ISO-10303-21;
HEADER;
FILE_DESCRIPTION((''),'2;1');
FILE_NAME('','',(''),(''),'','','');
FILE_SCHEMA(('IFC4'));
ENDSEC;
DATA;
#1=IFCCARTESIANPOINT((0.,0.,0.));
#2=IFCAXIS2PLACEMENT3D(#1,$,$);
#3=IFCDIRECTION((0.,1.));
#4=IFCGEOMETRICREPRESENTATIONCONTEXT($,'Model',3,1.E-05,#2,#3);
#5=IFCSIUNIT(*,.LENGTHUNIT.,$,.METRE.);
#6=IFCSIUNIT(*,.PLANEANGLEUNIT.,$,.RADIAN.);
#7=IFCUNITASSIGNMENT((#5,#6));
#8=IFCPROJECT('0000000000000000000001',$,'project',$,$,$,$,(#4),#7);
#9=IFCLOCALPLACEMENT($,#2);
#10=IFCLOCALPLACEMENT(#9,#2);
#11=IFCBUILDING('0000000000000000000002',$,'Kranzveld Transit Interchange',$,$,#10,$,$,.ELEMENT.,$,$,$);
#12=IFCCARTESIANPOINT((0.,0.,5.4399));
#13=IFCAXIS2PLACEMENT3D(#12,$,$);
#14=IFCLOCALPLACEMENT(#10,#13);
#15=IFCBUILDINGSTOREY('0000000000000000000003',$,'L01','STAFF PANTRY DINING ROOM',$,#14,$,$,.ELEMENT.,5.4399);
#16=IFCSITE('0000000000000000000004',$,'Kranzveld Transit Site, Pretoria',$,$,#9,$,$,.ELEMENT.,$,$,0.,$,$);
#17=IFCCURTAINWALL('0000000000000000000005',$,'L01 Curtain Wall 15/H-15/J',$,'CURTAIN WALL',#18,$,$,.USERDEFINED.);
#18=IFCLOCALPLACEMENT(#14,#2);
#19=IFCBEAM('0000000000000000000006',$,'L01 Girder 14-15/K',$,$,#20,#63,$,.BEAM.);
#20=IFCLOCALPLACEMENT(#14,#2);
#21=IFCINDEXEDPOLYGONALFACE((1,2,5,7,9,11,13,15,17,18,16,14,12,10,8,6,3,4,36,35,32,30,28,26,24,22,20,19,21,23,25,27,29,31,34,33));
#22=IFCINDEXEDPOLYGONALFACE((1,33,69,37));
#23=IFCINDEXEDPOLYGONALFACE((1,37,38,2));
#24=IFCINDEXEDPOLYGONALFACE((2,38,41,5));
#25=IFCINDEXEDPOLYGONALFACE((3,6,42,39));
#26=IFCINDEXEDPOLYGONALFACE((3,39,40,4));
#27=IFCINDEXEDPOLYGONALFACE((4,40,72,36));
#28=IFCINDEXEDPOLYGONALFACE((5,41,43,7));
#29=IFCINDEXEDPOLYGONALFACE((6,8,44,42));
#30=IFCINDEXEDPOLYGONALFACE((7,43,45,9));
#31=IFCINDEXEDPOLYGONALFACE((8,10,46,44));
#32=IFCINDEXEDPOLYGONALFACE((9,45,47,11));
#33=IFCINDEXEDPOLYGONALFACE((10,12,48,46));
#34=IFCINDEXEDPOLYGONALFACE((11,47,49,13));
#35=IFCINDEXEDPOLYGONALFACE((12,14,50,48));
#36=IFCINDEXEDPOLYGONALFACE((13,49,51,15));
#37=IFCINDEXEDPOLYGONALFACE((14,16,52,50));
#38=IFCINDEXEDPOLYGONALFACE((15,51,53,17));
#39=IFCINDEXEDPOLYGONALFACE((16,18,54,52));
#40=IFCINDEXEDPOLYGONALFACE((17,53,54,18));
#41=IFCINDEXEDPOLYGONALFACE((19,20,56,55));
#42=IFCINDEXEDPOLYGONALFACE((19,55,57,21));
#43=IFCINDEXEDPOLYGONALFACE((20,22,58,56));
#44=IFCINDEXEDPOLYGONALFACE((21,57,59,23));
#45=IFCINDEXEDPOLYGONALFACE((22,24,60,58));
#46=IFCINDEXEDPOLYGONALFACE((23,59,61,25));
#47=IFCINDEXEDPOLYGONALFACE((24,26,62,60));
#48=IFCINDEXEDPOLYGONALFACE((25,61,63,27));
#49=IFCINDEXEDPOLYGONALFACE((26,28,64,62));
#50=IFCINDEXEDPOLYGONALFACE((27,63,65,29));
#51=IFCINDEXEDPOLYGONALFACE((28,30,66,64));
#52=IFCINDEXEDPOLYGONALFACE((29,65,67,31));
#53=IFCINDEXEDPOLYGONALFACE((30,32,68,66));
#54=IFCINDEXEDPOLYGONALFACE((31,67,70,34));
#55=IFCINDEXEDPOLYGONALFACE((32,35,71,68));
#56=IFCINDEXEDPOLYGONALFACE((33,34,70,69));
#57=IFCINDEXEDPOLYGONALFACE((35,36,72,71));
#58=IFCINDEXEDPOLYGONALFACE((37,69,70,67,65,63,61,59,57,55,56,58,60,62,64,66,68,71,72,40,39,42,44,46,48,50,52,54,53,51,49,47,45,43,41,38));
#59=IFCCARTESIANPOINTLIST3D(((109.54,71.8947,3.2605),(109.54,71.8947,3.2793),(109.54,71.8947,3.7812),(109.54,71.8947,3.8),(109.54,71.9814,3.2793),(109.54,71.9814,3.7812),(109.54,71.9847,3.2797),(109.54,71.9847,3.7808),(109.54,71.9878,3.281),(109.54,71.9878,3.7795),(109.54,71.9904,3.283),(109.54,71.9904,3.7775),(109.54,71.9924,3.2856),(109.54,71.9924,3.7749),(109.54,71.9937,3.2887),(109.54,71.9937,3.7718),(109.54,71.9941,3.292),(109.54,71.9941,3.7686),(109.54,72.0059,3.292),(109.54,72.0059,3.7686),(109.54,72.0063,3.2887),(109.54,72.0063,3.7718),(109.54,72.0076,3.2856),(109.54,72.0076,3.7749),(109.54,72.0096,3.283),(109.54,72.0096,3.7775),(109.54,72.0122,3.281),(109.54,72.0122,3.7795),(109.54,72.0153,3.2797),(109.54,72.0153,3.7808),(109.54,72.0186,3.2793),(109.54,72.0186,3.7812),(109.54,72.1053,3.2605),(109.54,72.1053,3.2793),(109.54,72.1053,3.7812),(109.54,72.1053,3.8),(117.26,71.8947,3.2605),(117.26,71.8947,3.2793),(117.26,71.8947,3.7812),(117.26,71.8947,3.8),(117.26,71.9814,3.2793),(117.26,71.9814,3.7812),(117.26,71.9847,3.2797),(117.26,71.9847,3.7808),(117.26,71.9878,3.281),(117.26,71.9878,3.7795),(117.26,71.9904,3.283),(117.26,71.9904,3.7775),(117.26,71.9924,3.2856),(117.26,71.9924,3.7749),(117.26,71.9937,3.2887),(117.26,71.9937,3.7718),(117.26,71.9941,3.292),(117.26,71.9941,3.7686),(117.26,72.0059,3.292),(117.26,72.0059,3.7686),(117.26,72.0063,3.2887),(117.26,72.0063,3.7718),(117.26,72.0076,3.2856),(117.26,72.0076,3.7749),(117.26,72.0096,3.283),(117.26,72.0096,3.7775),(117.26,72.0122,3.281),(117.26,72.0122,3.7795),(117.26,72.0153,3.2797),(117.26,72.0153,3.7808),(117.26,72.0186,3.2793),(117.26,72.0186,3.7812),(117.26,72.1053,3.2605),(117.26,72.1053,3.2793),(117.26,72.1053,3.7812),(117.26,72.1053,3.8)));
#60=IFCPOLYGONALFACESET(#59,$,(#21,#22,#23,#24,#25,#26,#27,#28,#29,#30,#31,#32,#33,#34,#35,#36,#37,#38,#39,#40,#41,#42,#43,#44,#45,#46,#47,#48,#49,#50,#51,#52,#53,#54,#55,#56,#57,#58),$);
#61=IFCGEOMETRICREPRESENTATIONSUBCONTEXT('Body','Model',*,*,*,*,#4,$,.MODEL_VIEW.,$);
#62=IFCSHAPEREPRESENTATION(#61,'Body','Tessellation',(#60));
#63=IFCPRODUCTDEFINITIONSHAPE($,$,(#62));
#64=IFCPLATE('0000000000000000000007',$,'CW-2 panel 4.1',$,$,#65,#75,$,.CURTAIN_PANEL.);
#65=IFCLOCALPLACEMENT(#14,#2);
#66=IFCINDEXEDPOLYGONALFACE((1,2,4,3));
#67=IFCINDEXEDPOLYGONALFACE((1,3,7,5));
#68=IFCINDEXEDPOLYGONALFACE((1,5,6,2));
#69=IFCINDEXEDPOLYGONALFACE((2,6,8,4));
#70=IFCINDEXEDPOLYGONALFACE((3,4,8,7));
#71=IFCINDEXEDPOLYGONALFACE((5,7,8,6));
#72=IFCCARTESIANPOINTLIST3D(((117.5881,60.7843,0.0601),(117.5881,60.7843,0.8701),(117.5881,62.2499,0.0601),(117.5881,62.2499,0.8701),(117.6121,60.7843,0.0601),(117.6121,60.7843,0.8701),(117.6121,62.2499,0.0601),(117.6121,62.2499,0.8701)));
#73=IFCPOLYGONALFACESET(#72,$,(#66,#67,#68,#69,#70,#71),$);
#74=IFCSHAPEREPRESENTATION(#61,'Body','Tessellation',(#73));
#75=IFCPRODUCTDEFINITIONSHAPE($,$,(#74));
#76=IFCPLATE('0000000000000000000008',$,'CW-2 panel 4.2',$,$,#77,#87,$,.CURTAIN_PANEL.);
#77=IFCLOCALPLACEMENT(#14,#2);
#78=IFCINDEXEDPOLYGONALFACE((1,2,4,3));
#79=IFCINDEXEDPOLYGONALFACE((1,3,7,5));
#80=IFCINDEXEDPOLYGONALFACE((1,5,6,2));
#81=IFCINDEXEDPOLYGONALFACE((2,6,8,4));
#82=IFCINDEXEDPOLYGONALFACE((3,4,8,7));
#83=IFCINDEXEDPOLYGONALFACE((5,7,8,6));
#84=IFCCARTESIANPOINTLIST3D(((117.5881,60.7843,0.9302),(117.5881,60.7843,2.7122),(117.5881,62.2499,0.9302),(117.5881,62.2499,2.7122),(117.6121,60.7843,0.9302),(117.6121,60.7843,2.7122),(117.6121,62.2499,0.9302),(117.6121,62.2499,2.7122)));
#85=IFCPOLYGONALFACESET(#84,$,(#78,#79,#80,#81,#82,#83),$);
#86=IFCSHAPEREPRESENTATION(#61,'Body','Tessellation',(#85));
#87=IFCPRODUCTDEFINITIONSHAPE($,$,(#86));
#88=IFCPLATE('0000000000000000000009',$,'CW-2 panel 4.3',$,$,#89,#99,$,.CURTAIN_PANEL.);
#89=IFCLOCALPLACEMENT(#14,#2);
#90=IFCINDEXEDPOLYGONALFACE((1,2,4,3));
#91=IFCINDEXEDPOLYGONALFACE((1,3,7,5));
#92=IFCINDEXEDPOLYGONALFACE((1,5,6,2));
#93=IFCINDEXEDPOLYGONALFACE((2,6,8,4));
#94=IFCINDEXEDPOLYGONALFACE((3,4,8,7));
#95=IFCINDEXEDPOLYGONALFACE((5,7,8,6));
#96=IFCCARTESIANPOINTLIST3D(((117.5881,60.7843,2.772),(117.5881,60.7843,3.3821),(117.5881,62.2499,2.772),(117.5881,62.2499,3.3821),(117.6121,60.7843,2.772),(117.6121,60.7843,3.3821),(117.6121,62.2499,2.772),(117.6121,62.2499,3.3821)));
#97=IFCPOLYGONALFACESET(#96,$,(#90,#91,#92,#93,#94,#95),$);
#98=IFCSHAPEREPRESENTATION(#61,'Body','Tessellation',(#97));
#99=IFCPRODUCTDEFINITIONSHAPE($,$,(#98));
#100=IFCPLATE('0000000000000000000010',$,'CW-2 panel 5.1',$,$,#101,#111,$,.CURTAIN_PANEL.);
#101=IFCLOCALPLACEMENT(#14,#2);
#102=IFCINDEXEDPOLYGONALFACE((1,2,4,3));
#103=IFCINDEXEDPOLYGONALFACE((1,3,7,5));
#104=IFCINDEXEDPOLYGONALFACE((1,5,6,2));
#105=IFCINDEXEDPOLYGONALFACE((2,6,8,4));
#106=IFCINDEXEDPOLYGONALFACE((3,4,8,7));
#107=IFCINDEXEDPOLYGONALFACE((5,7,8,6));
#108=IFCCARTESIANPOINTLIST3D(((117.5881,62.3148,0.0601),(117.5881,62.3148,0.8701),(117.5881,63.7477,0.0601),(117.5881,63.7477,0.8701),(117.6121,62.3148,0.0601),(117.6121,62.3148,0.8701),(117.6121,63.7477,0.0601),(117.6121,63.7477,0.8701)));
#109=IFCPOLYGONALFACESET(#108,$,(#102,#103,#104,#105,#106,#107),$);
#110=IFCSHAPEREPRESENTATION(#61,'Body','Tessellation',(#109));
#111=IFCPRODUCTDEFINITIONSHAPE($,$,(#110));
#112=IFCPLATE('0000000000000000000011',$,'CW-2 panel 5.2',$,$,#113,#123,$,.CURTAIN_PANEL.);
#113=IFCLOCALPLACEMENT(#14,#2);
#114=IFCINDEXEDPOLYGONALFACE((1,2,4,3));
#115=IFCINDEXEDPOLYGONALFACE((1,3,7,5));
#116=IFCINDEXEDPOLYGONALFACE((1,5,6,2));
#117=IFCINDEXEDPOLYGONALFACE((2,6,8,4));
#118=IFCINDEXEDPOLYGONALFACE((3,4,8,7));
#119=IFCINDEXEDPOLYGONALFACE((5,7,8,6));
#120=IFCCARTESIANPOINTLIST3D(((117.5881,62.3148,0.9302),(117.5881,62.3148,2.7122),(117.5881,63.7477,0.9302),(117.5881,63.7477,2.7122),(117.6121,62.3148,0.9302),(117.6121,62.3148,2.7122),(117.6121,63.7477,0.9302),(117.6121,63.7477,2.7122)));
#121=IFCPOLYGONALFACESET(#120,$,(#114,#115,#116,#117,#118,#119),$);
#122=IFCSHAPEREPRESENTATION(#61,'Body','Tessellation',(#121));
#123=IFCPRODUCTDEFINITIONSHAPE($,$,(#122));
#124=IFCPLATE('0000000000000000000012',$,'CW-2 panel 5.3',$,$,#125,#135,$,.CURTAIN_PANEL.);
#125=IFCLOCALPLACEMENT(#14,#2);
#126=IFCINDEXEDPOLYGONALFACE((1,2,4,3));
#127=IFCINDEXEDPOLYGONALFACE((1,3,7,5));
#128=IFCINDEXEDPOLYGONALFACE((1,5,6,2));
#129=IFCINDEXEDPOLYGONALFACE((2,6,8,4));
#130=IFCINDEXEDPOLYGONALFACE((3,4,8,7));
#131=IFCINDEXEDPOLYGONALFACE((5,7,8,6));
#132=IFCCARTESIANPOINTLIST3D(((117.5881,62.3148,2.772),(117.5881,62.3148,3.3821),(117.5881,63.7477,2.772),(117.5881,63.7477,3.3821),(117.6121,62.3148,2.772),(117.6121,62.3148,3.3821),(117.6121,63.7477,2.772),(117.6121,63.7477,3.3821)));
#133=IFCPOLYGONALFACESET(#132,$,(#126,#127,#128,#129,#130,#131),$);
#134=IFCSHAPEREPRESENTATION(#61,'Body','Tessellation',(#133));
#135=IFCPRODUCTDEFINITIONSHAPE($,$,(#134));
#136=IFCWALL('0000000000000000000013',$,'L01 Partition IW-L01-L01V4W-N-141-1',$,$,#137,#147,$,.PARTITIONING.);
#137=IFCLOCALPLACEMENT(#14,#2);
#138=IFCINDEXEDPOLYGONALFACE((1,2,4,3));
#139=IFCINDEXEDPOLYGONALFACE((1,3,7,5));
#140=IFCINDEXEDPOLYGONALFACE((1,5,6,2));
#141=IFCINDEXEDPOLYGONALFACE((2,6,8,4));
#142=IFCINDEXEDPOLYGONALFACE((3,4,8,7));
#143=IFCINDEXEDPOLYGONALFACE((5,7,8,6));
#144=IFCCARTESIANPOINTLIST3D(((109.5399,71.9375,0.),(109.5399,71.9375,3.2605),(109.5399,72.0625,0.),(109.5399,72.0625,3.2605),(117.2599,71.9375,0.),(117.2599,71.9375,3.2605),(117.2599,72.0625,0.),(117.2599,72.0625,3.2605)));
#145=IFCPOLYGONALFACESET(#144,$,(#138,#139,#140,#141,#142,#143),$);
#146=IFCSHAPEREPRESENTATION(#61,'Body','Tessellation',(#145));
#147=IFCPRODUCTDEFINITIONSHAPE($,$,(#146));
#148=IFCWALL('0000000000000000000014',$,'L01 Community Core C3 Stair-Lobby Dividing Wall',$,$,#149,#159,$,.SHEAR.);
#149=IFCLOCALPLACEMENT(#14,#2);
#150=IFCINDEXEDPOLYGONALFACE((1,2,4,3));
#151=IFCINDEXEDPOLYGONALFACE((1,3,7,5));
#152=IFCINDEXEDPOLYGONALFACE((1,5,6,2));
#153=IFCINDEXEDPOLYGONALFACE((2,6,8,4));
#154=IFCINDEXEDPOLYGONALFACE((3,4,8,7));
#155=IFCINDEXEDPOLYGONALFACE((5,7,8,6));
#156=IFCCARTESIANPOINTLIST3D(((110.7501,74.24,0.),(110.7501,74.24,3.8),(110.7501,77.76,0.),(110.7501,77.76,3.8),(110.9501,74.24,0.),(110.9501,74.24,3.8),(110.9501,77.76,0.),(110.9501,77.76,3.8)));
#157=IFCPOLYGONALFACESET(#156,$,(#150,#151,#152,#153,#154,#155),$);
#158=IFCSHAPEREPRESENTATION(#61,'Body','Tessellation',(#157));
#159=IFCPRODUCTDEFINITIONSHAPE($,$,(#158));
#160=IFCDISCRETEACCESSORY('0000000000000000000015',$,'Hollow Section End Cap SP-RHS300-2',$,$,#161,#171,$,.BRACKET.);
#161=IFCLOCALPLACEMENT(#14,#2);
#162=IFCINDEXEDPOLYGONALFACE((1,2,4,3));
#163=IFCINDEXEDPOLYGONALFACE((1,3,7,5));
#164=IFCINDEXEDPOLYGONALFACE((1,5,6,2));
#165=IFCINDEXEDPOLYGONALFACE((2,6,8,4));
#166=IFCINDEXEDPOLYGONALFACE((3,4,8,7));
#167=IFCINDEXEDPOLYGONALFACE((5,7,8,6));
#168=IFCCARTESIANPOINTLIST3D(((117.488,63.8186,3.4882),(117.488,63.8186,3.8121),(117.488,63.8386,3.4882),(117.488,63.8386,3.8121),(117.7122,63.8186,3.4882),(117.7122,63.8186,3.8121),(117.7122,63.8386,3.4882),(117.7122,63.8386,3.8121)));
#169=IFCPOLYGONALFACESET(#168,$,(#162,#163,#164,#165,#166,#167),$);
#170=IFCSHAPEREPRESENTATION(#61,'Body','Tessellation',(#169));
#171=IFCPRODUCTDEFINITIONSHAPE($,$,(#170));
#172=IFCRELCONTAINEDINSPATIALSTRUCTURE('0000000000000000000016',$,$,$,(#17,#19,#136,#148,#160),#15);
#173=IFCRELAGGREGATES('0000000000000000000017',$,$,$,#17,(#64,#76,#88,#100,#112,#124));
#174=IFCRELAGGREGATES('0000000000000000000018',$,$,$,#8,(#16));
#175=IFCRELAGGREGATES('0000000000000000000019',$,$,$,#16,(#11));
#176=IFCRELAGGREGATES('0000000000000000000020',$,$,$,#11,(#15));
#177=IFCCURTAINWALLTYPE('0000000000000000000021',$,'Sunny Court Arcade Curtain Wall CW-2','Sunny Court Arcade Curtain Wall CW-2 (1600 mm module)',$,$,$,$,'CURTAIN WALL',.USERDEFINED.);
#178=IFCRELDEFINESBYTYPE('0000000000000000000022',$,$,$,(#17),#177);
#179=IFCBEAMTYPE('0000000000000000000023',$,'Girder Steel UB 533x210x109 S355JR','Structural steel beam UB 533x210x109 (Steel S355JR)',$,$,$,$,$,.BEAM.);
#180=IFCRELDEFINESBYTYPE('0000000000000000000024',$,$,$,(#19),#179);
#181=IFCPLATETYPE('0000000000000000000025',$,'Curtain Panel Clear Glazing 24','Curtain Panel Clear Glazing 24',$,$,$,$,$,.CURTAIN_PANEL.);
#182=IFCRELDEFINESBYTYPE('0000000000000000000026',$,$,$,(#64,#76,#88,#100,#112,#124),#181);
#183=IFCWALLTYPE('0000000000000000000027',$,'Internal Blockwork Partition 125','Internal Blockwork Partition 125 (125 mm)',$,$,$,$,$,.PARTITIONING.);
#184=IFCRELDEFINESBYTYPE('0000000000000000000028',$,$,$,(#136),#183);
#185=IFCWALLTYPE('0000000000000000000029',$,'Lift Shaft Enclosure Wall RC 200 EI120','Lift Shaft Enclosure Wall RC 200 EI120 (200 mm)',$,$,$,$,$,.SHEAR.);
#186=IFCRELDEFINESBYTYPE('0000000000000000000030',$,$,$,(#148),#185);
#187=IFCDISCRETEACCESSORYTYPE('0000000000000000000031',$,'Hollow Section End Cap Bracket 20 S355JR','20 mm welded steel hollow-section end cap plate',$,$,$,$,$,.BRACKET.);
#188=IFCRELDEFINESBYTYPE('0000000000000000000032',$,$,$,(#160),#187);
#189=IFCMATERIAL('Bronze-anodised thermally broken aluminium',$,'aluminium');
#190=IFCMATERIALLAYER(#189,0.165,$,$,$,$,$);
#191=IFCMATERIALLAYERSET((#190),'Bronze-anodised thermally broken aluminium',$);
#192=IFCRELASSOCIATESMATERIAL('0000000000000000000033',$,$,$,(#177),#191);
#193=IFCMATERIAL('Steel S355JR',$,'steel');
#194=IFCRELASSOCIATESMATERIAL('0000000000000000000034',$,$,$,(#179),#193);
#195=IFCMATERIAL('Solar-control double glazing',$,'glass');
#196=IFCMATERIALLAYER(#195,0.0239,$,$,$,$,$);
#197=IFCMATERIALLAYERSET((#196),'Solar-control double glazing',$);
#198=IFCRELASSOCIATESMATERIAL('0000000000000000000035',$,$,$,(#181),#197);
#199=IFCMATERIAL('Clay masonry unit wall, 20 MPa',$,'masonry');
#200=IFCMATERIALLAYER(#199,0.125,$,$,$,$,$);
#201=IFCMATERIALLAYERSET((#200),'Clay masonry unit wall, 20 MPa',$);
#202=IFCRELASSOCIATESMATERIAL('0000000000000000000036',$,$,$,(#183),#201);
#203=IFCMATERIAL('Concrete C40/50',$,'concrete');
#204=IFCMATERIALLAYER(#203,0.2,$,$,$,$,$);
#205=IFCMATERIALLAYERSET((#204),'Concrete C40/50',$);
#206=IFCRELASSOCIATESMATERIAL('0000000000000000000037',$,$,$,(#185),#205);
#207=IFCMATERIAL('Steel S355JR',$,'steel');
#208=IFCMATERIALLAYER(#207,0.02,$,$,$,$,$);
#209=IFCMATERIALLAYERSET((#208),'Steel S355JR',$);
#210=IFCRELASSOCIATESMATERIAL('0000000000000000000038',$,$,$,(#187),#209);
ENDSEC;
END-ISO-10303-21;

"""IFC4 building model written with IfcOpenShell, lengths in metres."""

from ifc_helpers import new_model, si_unit, direction, frame, frame_2d, origin, origin_2d, place, context, subcontext, project, spatial, rectangle, i_section, extrude, material, layer, layer_set, material_profile, profile_set, type_object, element, aggregate, save


model = new_model("IFC4")

# Units and contexts
model_context = context("Model", 3, precision=1e-05, world=origin(), true_north=direction((0.0, 1.0)))
body_context = subcontext(model_context, "Body", "Model", "MODEL_VIEW")
ifc_project = project(units=[si_unit("LENGTHUNIT", "METRE"), si_unit("PLANEANGLEUNIT", "RADIAN")], contexts=[model_context])

# Site, building, storey
site_placement = place(None, origin())
site = spatial("IfcSite", under=ifc_project, at=site_placement, Name="Kranzveld Transit Site, Pretoria", CompositionType="ELEMENT", RefElevation=0.0)
building_placement = place(site_placement, origin())
building = spatial("IfcBuilding", under=site, at=building_placement, Name="Kranzveld Transit Interchange", CompositionType="ELEMENT")
storey_placement = place(building_placement, frame((0.0, 0.0, 5.4399)))
storey = spatial("IfcBuildingStorey", under=building, at=storey_placement, Name="L01", Description="STAFF PANTRY DINING ROOM", CompositionType="ELEMENT", Elevation=5.4399)

# Curtain wall
ifc_material_1 = material(Name="Bronze-anodised thermally broken aluminium", Category="aluminium")
ifc_layer_1 = layer(ifc_material_1, 0.165)
ifc_layer_set_1 = layer_set([ifc_layer_1], Name="Bronze-anodised thermally broken aluminium")
curtain_wall_type = type_object("IfcCurtainWallType", Name="Sunny Court Arcade Curtain Wall CW-2", Description="Sunny Court Arcade Curtain Wall CW-2 (1600 mm module)", ElementType="CURTAIN WALL", PredefinedType="USERDEFINED", material=ifc_layer_set_1)
curtain_wall_placement = place(storey_placement, origin())
curtain_wall = element("IfcCurtainWall", 1, at=curtain_wall_placement, inside=storey, type_object=curtain_wall_type, Name="L01 Curtain Wall 15/H-15/J", ObjectType="CURTAIN WALL", PredefinedType="USERDEFINED")

# Beam
ifc_material_2 = material(Name="Steel S355JR", Category="steel")
ifc_material_profile_1 = material_profile(ifc_material_2, i_section(OverallWidth=0.2107, OverallDepth=0.5396, WebThickness=0.0117, FlangeThickness=0.0188, FilletRadius=0.0127, at=origin_2d()), Name="UB 533x210x109")
ifc_profile_set_1 = profile_set([ifc_material_profile_1], Name="Steel S355JR")
beam_type_1 = type_object("IfcBeamType", Name="Girder Steel UB 533x210x109 S355JR", Description="Structural steel beam UB 533x210x109 (Steel S355JR)", PredefinedType="BEAM", material=ifc_profile_set_1)
beam_1_placement = place(storey_placement, frame((109.54, 72.0, 3.5303), z_axis=(1.0, 0.0, 0.0), x_axis=(0.0, 1.0, 0.0)))
element("IfcBeam", 2, at=beam_1_placement, inside=storey, type_object=beam_type_1, Name="L01 Girder 14-15/K", PredefinedType="BEAM", context=body_context, shape_type="SweptSolid", body=[
    extrude(i_section(OverallWidth=0.2107, OverallDepth=0.5396, WebThickness=0.0117, FlangeThickness=0.0188, FilletRadius=0.0127, at=origin_2d()), origin(), (0.0, 0.0, 1.0), 7.72),
])

# Plates
ifc_material_3 = material(Name="Solar-control double glazing", Category="glass")
ifc_layer_2 = layer(ifc_material_3, 0.0239)
ifc_layer_set_2 = layer_set([ifc_layer_2], Name="Solar-control double glazing")
plate_type = type_object("IfcPlateType", Name="Curtain Panel Clear Glazing 24", Description="Curtain Panel Clear Glazing 24", PredefinedType="CURTAIN_PANEL", material=ifc_layer_set_2)
plate_1_placement = place(storey_placement, frame((117.6001, 61.5171, 0.0601), z_axis=(0.0, 0.0, 1.0), x_axis=(0.0, 1.0, 0.0)))
plate_1 = element("IfcPlate", 3, at=plate_1_placement, type_object=plate_type, Name="CW-2 panel 4.1", PredefinedType="CURTAIN_PANEL", context=body_context, shape_type="SweptSolid", body=[
    extrude(rectangle(XDim=1.4656, YDim=0.0239, at=origin_2d()), origin(), (0.0, 0.0, 1.0), 0.8101),
])
plate_2_placement = place(storey_placement, frame((117.6001, 61.5171, 0.9302), z_axis=(0.0, 0.0, 1.0), x_axis=(0.0, 1.0, 0.0)))
plate_2 = element("IfcPlate", 4, at=plate_2_placement, type_object=plate_type, Name="CW-2 panel 4.2", PredefinedType="CURTAIN_PANEL", context=body_context, shape_type="SweptSolid", body=[
    extrude(rectangle(XDim=1.4656, YDim=0.0239, at=origin_2d()), origin(), (0.0, 0.0, 1.0), 1.782),
])
plate_3_placement = place(storey_placement, frame((117.6001, 61.5171, 2.772), z_axis=(0.0, 0.0, 1.0), x_axis=(0.0, 1.0, 0.0)))
plate_3 = element("IfcPlate", 5, at=plate_3_placement, type_object=plate_type, Name="CW-2 panel 4.3", PredefinedType="CURTAIN_PANEL", context=body_context, shape_type="SweptSolid", body=[
    extrude(rectangle(XDim=1.4656, YDim=0.0239, at=origin_2d()), origin(), (0.0, 0.0, 1.0), 0.6101),
])
plate_4_placement = place(storey_placement, frame((117.6001, 63.0312, 0.0601), z_axis=(0.0, 0.0, 1.0), x_axis=(0.0, 1.0, 0.0)))
plate_4 = element("IfcPlate", 6, at=plate_4_placement, type_object=plate_type, Name="CW-2 panel 5.1", PredefinedType="CURTAIN_PANEL", context=body_context, shape_type="SweptSolid", body=[
    extrude(rectangle(XDim=1.4329, YDim=0.0239, at=origin_2d()), origin(), (0.0, 0.0, 1.0), 0.8101),
])
plate_5_placement = place(storey_placement, frame((117.6001, 63.0312, 0.9302), z_axis=(0.0, 0.0, 1.0), x_axis=(0.0, 1.0, 0.0)))
plate_5 = element("IfcPlate", 7, at=plate_5_placement, type_object=plate_type, Name="CW-2 panel 5.2", PredefinedType="CURTAIN_PANEL", context=body_context, shape_type="SweptSolid", body=[
    extrude(rectangle(XDim=1.4329, YDim=0.0239, at=origin_2d()), origin(), (0.0, 0.0, 1.0), 1.782),
])
plate_6_placement = place(storey_placement, frame((117.6001, 63.0312, 2.772), z_axis=(0.0, 0.0, 1.0), x_axis=(0.0, 1.0, 0.0)))
plate_6 = element("IfcPlate", 8, at=plate_6_placement, type_object=plate_type, Name="CW-2 panel 5.3", PredefinedType="CURTAIN_PANEL", context=body_context, shape_type="SweptSolid", body=[
    extrude(rectangle(XDim=1.4329, YDim=0.0239, at=origin_2d()), origin(), (0.0, 0.0, 1.0), 0.6101),
])
aggregate(curtain_wall, [plate_1, plate_2, plate_3, plate_4, plate_5, plate_6])

# Walls
ifc_material_4 = material(Name="Clay masonry unit wall, 20 MPa", Category="masonry")
ifc_layer_3 = layer(ifc_material_4, 0.125)
ifc_layer_set_3 = layer_set([ifc_layer_3], Name="Clay masonry unit wall, 20 MPa")
wall_type_1 = type_object("IfcWallType", Name="Internal Blockwork Partition 125", Description="Internal Blockwork Partition 125 (125 mm)", PredefinedType="PARTITIONING", material=ifc_layer_set_3)
wall_1_placement = place(storey_placement, frame((109.54, 72.0, 0.0), z_axis=(0.0, 0.0, 1.0), x_axis=(1.0, 0.0, 0.0)))
element("IfcWall", 9, at=wall_1_placement, inside=storey, type_object=wall_type_1, Name="L01 Partition IW-L01-L01V4W-N-141-1", PredefinedType="PARTITIONING", context=body_context, shape_type="SweptSolid", body=[
    extrude(rectangle(XDim=7.72, YDim=0.125, at=frame_2d((3.8599, 0.0))), origin(), (0.0, 0.0, 1.0), 3.2605),
])
ifc_material_5 = material(Name="Concrete C40/50", Category="concrete")
ifc_layer_4 = layer(ifc_material_5, 0.2)
ifc_layer_set_4 = layer_set([ifc_layer_4], Name="Concrete C40/50")
wall_type_2 = type_object("IfcWallType", Name="Lift Shaft Enclosure Wall RC 200 EI120", Description="Lift Shaft Enclosure Wall RC 200 EI120 (200 mm)", PredefinedType="SHEAR", material=ifc_layer_set_4)
wall_2_placement = place(storey_placement, frame((110.8501, 74.24, 0.0), z_axis=(0.0, 0.0, 1.0), x_axis=(0.0, 1.0, 0.0)))
element("IfcWall", 10, at=wall_2_placement, inside=storey, type_object=wall_type_2, Name="L01 Community Core C3 Stair-Lobby Dividing Wall", PredefinedType="SHEAR", context=body_context, shape_type="SweptSolid", body=[
    extrude(rectangle(XDim=3.52, YDim=0.2, at=frame_2d((1.76, 0.0))), origin(), (0.0, 0.0, 1.0), 3.8),
])

# Discrete accessory
ifc_material_6 = material(Name="Steel S355JR", Category="steel")
ifc_layer_5 = layer(ifc_material_6, 0.02)
ifc_layer_set_5 = layer_set([ifc_layer_5], Name="Steel S355JR")
discrete_accessory_type = type_object("IfcDiscreteAccessoryType", Name="Hollow Section End Cap Bracket 20 S355JR", Description="20 mm welded steel hollow-section end cap plate", PredefinedType="BRACKET", material=ifc_layer_set_5)
discrete_accessory_placement = place(storey_placement, frame((117.6001, 63.8186, 3.6501), z_axis=(0.0, 1.0, 0.0), x_axis=(-1.0, 0.0, 0.0)))
element("IfcDiscreteAccessory", 11, at=discrete_accessory_placement, inside=storey, type_object=discrete_accessory_type, Name="Hollow Section End Cap SP-RHS300-2", PredefinedType="BRACKET", context=body_context, shape_type="SweptSolid", body=[
    extrude(rectangle(XDim=0.2241, YDim=0.324, at=origin_2d()), origin(), (0.0, 0.0, 1.0), 0.02),
])

save(model, "model.ifc")
